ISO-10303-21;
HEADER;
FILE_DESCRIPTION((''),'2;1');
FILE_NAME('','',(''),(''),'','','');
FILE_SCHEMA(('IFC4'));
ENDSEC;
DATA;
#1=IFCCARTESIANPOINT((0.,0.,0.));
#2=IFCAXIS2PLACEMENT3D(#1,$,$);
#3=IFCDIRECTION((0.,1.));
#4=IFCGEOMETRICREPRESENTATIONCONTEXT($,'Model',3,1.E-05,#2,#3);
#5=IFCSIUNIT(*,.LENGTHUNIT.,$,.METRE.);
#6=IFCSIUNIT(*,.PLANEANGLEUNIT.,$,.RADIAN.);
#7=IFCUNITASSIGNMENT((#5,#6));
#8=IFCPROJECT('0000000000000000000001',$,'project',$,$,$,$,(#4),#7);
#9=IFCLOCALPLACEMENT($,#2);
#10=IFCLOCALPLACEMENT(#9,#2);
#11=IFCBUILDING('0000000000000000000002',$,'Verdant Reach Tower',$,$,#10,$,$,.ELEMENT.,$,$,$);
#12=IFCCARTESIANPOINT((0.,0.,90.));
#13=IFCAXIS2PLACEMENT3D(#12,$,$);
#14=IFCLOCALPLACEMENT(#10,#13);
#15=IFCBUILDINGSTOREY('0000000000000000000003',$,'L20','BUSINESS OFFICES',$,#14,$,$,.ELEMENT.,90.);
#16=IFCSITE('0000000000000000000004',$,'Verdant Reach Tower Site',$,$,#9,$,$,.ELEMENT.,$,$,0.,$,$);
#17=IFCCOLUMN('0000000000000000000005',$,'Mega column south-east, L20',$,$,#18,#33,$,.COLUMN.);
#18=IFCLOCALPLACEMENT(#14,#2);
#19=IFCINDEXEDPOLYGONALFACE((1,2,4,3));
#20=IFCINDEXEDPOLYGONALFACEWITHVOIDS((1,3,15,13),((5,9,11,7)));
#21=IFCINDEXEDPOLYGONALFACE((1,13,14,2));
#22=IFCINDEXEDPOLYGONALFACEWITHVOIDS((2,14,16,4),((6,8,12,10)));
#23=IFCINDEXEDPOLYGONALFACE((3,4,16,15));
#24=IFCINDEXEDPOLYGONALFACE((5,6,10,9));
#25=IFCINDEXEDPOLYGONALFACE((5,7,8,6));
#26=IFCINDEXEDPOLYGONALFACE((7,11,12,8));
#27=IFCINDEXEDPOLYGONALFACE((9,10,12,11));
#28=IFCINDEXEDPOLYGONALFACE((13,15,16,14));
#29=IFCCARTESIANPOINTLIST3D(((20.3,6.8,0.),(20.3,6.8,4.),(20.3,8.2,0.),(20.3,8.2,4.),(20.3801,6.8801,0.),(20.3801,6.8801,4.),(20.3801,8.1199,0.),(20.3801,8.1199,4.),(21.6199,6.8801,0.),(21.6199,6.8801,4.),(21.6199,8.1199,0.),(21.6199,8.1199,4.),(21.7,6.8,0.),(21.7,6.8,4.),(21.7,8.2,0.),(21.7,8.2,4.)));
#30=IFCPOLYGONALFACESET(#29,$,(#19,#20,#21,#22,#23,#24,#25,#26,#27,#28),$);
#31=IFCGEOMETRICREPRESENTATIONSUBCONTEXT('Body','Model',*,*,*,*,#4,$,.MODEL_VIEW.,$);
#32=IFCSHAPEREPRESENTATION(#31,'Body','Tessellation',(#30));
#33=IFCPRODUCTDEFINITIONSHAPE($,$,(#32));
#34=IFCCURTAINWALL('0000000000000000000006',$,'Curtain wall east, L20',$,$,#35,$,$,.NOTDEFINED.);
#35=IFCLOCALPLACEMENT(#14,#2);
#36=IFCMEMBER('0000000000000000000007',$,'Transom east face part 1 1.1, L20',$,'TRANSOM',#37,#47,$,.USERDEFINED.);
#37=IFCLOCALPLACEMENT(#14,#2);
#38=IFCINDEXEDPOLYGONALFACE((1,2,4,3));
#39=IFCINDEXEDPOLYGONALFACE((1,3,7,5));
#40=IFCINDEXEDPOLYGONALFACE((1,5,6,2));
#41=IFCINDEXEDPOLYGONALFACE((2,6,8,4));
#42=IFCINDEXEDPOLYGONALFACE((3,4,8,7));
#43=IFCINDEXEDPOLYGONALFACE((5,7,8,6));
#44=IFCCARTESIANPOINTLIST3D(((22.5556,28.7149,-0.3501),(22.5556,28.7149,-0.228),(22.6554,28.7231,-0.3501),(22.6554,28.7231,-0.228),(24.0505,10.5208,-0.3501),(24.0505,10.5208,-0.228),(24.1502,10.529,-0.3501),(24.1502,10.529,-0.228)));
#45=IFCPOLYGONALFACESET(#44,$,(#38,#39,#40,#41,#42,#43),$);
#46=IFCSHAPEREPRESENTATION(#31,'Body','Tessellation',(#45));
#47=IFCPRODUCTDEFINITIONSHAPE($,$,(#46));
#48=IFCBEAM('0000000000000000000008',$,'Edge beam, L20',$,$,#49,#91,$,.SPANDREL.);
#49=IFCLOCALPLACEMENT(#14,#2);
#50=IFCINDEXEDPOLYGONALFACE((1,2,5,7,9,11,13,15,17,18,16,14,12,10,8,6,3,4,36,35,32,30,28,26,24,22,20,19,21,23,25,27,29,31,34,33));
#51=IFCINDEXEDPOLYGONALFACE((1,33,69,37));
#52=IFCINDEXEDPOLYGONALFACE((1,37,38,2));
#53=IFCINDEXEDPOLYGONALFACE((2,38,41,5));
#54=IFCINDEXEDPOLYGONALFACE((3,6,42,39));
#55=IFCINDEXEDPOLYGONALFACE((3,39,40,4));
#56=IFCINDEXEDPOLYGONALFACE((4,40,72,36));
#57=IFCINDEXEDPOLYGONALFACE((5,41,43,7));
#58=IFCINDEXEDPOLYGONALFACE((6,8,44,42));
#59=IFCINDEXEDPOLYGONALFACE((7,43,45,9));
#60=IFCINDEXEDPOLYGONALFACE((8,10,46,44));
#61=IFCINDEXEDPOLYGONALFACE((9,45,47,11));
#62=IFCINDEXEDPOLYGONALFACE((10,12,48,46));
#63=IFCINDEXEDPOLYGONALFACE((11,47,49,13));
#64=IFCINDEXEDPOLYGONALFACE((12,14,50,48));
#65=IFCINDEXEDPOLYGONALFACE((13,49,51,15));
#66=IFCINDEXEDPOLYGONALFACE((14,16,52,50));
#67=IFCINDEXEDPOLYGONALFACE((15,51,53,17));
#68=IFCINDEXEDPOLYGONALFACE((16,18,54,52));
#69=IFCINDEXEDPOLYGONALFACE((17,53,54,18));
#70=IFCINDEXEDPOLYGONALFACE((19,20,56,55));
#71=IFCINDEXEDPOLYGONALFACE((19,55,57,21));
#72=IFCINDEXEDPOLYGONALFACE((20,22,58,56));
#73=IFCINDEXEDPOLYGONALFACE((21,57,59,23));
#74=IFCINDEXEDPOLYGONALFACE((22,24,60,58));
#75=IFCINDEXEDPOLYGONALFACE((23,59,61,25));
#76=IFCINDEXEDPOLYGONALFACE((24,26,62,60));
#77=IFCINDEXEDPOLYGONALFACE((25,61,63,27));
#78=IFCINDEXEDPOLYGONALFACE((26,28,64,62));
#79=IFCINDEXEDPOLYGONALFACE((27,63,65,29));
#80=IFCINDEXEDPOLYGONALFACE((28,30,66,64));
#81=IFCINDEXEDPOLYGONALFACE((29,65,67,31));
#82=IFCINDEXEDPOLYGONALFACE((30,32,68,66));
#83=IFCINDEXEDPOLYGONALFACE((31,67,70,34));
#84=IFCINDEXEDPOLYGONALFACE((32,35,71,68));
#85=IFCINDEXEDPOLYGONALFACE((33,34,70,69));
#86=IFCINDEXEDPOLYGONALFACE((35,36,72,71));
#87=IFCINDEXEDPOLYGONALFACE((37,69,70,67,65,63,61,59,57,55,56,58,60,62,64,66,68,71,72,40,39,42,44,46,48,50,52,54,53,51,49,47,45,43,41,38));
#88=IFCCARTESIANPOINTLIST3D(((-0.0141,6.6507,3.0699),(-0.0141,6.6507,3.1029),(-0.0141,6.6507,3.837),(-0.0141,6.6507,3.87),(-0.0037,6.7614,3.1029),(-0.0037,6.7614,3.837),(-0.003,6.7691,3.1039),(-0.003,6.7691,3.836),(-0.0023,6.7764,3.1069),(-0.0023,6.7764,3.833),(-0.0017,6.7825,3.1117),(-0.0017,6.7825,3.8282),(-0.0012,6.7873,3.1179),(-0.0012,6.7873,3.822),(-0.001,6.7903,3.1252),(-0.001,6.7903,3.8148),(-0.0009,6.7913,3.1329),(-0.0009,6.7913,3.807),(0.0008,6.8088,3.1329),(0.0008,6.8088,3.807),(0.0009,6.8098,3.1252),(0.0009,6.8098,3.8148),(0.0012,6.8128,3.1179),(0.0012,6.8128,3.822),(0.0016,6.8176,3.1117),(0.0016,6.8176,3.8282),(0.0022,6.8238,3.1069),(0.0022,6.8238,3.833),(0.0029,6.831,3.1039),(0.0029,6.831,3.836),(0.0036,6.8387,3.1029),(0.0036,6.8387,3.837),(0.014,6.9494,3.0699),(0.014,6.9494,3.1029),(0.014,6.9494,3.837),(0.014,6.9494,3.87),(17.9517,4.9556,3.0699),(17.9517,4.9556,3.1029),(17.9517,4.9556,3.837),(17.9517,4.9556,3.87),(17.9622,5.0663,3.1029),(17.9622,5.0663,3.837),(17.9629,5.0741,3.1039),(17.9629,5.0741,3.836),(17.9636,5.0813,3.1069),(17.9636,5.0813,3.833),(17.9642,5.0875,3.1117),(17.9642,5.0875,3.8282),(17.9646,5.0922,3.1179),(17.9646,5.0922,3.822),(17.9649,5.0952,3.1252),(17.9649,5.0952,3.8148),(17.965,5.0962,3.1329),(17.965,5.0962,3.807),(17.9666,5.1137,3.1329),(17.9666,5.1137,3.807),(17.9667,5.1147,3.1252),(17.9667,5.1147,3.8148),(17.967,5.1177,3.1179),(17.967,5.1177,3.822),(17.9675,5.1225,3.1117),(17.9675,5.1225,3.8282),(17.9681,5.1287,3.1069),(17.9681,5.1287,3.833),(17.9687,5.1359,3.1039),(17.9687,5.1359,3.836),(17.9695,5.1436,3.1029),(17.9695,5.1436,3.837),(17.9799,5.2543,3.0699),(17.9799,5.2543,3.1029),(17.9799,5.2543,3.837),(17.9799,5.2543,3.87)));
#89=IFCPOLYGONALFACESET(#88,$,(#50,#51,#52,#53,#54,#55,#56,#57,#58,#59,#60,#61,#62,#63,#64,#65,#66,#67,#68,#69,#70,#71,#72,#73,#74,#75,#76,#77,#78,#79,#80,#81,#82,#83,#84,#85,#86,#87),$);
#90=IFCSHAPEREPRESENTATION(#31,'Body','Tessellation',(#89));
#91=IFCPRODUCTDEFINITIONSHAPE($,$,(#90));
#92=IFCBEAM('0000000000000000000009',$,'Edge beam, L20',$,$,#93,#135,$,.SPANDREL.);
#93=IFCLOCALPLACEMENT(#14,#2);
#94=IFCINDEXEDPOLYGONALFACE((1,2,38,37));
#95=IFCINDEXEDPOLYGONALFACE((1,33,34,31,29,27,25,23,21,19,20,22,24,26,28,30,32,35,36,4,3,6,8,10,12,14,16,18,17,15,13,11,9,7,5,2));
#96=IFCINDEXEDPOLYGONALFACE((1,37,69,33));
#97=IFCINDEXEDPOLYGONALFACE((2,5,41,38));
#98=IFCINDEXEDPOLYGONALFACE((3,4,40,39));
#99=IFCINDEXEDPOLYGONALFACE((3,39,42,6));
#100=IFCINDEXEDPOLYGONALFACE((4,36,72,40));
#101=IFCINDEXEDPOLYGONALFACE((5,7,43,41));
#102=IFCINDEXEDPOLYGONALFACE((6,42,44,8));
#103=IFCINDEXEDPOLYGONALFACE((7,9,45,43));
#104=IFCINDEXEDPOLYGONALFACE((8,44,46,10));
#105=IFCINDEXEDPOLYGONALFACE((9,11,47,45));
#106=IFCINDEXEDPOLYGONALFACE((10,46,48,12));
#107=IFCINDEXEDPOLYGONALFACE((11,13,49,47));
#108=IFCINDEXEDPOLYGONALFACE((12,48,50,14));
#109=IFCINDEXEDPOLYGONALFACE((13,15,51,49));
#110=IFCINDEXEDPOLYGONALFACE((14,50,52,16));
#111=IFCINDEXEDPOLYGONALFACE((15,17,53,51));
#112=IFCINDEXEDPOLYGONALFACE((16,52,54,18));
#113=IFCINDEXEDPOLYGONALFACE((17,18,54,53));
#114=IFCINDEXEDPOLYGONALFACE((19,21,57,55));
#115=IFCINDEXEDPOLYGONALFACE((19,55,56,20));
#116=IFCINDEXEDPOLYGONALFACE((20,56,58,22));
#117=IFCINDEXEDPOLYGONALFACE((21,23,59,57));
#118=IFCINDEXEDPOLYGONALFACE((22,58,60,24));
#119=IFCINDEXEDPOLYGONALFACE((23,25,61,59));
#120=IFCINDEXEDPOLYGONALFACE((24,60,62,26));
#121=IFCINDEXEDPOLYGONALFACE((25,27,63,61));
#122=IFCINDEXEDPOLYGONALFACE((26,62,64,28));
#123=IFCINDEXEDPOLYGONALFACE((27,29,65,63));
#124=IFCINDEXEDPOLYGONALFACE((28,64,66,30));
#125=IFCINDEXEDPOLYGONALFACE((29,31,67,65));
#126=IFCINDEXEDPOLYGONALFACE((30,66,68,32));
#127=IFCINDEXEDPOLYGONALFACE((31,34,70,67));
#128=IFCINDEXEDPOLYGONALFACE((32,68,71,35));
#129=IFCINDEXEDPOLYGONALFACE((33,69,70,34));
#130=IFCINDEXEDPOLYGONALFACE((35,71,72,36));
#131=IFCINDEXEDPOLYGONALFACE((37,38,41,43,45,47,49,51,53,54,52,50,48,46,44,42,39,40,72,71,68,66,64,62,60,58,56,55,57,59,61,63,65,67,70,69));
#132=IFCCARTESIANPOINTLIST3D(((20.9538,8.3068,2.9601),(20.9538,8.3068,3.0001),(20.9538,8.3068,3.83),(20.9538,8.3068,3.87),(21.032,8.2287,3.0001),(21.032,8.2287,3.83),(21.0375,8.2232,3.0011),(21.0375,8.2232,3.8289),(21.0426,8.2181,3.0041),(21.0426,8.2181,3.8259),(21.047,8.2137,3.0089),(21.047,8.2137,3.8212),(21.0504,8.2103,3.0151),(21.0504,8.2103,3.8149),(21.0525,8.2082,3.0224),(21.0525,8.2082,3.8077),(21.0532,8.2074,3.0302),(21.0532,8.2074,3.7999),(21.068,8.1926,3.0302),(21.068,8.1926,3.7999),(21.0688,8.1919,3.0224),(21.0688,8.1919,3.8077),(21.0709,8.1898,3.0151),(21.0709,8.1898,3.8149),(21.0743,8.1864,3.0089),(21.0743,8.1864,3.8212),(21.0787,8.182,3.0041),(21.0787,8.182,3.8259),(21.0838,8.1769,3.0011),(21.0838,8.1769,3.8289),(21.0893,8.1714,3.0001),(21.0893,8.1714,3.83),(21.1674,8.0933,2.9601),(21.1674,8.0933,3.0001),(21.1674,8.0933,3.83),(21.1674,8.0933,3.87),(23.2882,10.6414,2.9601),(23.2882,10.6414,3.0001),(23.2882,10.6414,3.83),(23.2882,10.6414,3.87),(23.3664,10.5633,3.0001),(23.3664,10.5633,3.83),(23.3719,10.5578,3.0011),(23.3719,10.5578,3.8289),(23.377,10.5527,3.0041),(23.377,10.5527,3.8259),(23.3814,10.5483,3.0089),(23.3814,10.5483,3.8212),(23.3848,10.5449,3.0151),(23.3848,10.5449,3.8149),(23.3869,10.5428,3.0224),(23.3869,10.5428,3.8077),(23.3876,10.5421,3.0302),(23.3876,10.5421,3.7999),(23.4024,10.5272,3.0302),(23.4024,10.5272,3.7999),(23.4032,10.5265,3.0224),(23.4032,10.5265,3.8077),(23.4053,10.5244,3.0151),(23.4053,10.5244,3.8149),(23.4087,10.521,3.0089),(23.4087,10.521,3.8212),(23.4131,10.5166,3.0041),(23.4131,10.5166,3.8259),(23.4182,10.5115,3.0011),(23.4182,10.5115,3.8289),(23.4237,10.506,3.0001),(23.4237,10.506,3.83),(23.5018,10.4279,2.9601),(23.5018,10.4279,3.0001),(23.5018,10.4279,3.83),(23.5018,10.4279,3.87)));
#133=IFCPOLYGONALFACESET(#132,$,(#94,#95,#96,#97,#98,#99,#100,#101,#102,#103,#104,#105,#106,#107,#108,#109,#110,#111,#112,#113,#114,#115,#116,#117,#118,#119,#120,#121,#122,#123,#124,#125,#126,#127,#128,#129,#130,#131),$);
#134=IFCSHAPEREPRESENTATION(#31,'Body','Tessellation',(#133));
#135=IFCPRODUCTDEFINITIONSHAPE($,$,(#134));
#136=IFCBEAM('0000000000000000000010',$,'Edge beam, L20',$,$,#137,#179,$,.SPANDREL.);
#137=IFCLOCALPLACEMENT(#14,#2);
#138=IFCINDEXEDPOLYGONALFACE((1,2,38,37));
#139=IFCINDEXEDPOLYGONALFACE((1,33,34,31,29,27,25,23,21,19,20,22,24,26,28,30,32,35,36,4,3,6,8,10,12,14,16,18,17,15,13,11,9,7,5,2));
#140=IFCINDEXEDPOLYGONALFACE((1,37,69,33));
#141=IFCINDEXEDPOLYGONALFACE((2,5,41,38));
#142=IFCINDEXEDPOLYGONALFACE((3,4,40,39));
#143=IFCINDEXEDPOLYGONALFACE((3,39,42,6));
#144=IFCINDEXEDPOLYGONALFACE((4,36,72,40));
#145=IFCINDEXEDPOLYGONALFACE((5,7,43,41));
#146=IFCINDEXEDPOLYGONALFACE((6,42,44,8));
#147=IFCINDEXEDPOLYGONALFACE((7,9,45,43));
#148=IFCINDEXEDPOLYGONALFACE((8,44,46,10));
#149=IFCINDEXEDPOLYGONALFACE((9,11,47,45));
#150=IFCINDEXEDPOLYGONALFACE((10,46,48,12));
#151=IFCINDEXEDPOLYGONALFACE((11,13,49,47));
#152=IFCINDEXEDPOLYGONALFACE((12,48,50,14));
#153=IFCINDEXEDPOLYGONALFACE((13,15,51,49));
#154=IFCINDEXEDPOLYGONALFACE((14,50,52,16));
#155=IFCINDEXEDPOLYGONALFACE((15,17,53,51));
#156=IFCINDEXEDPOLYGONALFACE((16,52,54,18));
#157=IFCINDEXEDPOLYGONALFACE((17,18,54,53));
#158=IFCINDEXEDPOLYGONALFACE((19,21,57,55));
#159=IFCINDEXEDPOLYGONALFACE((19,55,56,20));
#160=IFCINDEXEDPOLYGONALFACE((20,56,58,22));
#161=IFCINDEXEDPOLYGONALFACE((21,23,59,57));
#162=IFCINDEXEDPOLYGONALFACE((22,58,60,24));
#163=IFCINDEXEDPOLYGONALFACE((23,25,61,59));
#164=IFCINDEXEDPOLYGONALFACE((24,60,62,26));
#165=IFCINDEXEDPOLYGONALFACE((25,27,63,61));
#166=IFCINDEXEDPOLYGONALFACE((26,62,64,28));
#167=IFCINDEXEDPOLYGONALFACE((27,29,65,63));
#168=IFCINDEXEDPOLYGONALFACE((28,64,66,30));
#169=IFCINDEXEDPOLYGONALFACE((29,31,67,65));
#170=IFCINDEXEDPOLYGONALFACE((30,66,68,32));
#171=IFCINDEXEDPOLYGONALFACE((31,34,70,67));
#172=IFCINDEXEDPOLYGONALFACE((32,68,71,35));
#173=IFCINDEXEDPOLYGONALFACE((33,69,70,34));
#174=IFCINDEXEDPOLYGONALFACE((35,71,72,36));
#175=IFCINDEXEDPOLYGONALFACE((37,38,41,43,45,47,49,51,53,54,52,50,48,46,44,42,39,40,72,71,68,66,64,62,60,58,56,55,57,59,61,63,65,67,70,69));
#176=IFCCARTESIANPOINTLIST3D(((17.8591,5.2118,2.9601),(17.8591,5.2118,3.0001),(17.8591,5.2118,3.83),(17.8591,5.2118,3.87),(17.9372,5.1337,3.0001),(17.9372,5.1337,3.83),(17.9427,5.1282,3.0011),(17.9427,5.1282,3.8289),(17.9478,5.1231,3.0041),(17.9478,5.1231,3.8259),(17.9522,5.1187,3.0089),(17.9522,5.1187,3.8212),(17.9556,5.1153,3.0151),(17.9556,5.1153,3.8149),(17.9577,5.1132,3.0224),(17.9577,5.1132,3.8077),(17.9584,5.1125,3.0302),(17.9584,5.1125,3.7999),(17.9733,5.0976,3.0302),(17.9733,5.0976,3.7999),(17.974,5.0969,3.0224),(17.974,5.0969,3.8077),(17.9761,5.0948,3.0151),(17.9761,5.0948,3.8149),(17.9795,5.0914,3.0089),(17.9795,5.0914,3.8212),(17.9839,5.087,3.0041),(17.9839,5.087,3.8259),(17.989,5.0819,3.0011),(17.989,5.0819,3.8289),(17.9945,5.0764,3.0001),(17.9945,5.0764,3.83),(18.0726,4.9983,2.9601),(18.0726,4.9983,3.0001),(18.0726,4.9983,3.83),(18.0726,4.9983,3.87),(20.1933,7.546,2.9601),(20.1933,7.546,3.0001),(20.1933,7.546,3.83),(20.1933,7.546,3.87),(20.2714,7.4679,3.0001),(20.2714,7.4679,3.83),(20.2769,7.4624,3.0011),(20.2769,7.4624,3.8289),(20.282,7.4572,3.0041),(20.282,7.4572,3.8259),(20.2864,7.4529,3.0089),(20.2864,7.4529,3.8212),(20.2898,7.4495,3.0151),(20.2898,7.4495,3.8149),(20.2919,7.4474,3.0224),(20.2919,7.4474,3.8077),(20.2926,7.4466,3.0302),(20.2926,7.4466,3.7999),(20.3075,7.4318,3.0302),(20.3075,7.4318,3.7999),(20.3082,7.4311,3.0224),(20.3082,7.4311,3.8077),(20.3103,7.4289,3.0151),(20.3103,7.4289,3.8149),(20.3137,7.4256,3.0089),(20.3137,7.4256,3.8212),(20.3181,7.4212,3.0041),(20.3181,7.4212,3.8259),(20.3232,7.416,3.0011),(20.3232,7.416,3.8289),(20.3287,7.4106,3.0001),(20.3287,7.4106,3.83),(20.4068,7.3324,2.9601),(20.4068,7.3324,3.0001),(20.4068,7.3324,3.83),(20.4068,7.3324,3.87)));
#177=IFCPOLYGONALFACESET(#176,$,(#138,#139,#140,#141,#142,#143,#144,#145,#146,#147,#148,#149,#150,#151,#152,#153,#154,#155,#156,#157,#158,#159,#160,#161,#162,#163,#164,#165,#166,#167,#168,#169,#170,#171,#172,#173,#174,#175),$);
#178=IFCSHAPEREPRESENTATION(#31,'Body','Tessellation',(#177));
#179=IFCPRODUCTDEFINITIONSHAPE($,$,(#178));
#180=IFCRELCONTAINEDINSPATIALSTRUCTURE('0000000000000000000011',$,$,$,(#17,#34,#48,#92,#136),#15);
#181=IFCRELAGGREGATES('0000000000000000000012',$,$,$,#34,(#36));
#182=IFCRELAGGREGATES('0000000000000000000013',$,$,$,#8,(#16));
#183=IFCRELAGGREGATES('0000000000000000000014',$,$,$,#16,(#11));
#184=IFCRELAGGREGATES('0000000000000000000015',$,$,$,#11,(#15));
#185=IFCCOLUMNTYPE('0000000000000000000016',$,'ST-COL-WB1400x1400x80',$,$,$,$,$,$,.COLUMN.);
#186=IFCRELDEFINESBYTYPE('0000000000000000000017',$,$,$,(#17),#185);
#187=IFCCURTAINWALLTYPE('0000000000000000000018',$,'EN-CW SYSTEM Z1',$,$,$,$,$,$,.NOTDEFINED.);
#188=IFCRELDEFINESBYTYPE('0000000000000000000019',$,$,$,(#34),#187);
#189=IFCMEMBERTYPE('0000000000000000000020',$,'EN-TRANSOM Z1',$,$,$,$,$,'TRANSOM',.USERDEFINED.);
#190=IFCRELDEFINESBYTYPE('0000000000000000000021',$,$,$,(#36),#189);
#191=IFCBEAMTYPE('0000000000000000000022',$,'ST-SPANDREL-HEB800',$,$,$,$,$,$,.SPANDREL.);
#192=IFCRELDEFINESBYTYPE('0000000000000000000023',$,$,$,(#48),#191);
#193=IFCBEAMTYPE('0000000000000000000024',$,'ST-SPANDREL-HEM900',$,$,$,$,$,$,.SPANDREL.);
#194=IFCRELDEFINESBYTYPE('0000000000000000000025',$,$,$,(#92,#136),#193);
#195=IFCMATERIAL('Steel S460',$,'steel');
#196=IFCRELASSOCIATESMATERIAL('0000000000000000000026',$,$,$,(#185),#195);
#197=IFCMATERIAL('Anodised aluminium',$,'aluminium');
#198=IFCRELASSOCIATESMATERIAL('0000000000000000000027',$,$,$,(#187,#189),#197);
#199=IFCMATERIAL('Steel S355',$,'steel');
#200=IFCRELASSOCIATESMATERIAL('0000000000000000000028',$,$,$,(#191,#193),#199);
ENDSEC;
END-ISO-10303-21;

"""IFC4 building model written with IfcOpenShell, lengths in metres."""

from ifc_helpers import new_model, si_unit, direction, frame, origin, origin_2d, place, context, subcontext, project, spatial, rectangle, hollow_rectangle, i_section, extrude, material, material_profile, profile_set, type_object, element, aggregate, save


model = new_model("IFC4")

# Units and contexts
model_context = context("Model", 3, precision=1e-05, world=origin(), true_north=direction((0.0, 1.0)))
body_context = subcontext(model_context, "Body", "Model", "MODEL_VIEW")
ifc_project = project(units=[si_unit("LENGTHUNIT", "METRE"), si_unit("PLANEANGLEUNIT", "RADIAN")], contexts=[model_context])

# Site, building, storey
site_placement = place(None, origin())
site = spatial("IfcSite", under=ifc_project, at=site_placement, Name="Verdant Reach Tower Site", CompositionType="ELEMENT", RefElevation=0.0)
building_placement = place(site_placement, origin())
building = spatial("IfcBuilding", under=site, at=building_placement, Name="Verdant Reach Tower", CompositionType="ELEMENT")
storey_placement = place(building_placement, frame((0.0, 0.0, 90.0)))
storey = spatial("IfcBuildingStorey", under=building, at=storey_placement, Name="L20", Description="BUSINESS OFFICES", CompositionType="ELEMENT", Elevation=90.0)

# Column
ifc_material_1 = material(Name="Steel S460", Category="steel")
ifc_material_profile_1 = material_profile(ifc_material_1, hollow_rectangle(XDim=1.3999, YDim=1.3999, WallThickness=0.0801, at=origin_2d()), Name="WB 1400x1400x80")
ifc_profile_set_1 = profile_set([ifc_material_profile_1], Name="Steel S460")
column_type = type_object("IfcColumnType", Name="ST-COL-WB1400x1400x80", PredefinedType="COLUMN", material=ifc_profile_set_1)
column_placement = place(storey_placement, frame((21.0, 7.5, 0.0), z_axis=(0.0, 0.0, 1.0), x_axis=(1.0, 0.0, 0.0)))
element("IfcColumn", 1, at=column_placement, inside=storey, type_object=column_type, Name="Mega column south-east, L20", PredefinedType="COLUMN", context=body_context, shape_type="SweptSolid", body=[
    extrude(hollow_rectangle(XDim=1.3999, YDim=1.3999, WallThickness=0.0801, at=origin_2d()), origin(), (0.0, 0.0, 1.0), 4.0),
])

# Curtain wall, member
ifc_material_2 = material(Name="Anodised aluminium", Category="aluminium")
curtain_wall_type = type_object("IfcCurtainWallType", Name="EN-CW SYSTEM Z1", PredefinedType="NOTDEFINED", material=ifc_material_2)
curtain_wall_1_placement = place(storey_placement, origin())
curtain_wall_1 = element("IfcCurtainWall", 2, at=curtain_wall_1_placement, inside=storey, type_object=curtain_wall_type, Name="Curtain wall east, L20", PredefinedType="NOTDEFINED")
ifc_material_profile_2 = material_profile(ifc_material_2, rectangle(XDim=0.1001, YDim=0.1221, at=origin_2d()), Name="Transom 122x100")
ifc_profile_set_2 = profile_set([ifc_material_profile_2], Name="Anodised aluminium")
member_type = type_object("IfcMemberType", Name="EN-TRANSOM Z1", ElementType="TRANSOM", PredefinedType="USERDEFINED", material=ifc_profile_set_2)
member_placement = place(storey_placement, frame((24.1003, 10.5249, -0.2891), z_axis=(-0.081887, 0.996642, 0.0), x_axis=(-0.996642, -0.081887, 0.0)))
member = element("IfcMember", 3, at=member_placement, type_object=member_type, Name="Transom east face part 1 1.1, L20", ObjectType="TRANSOM", PredefinedType="USERDEFINED", context=body_context, shape_type="SweptSolid", body=[
    extrude(rectangle(XDim=0.1001, YDim=0.1221, at=origin_2d()), origin(), (0.0, 0.0, 1.0), 18.2554),
])

# Beams
ifc_material_3 = material(Name="Steel S355", Category="steel")
ifc_material_profile_3 = material_profile(ifc_material_3, i_section(OverallWidth=0.3, OverallDepth=0.8, WebThickness=0.0176, FlangeThickness=0.033, FilletRadius=0.03, at=origin_2d()), Name="HEB 800")
ifc_profile_set_3 = profile_set([ifc_material_profile_3], Name="Steel S355")
beam_type_1 = type_object("IfcBeamType", Name="ST-SPANDREL-HEB800", PredefinedType="SPANDREL", material=ifc_profile_set_3)
beam_1_placement = place(storey_placement, frame((17.9658, 5.105, 3.47), z_axis=(-0.995579, 0.093932, 0.0), x_axis=(-0.093932, -0.995579, 0.0)))
element("IfcBeam", 4, at=beam_1_placement, inside=storey, type_object=beam_type_1, Name="Edge beam, L20", PredefinedType="SPANDREL", context=body_context, shape_type="SweptSolid", body=[
    extrude(i_section(OverallWidth=0.3, OverallDepth=0.8, WebThickness=0.0176, FlangeThickness=0.033, FilletRadius=0.03, at=origin_2d()), origin(), (0.0, 0.0, 1.0), 18.0457),
])
ifc_material_profile_4 = material_profile(ifc_material_3, i_section(OverallWidth=0.302, OverallDepth=0.9099, WebThickness=0.021, FlangeThickness=0.04, FilletRadius=0.03, at=origin_2d()), Name="HEM 900")
ifc_profile_set_4 = profile_set([ifc_material_profile_4], Name="Steel S355")
beam_type_2 = type_object("IfcBeamType", Name="ST-SPANDREL-HEM900", PredefinedType="SPANDREL", material=ifc_profile_set_4)
beam_2_placement = place(storey_placement, frame((23.395, 10.5347, 3.415), z_axis=(-0.70707, -0.707144, 0.0), x_axis=(0.707144, -0.70707, 0.0)))
element("IfcBeam", 5, at=beam_2_placement, inside=storey, type_object=beam_type_2, Name="Edge beam, L20", PredefinedType="SPANDREL", context=body_context, shape_type="SweptSolid", body=[
    extrude(i_section(OverallWidth=0.302, OverallDepth=0.9099, WebThickness=0.021, FlangeThickness=0.04, FilletRadius=0.03, at=origin_2d()), origin(), (0.0, 0.0, 1.0), 3.3015),
])
beam_3_placement = place(storey_placement, frame((20.3, 7.4392, 3.415), z_axis=(-0.707107, -0.707107, 0.0), x_axis=(0.707107, -0.707107, 0.0)))
element("IfcBeam", 6, at=beam_3_placement, inside=storey, type_object=beam_type_2, Name="Edge beam, L20", PredefinedType="SPANDREL", context=body_context, shape_type="SweptSolid", body=[
    extrude(i_section(OverallWidth=0.302, OverallDepth=0.9099, WebThickness=0.021, FlangeThickness=0.04, FilletRadius=0.03, at=origin_2d()), origin(), (0.0, 0.0, 1.0), 3.301),
])

aggregate(curtain_wall_1, [member])

save(model, "model.ifc")
